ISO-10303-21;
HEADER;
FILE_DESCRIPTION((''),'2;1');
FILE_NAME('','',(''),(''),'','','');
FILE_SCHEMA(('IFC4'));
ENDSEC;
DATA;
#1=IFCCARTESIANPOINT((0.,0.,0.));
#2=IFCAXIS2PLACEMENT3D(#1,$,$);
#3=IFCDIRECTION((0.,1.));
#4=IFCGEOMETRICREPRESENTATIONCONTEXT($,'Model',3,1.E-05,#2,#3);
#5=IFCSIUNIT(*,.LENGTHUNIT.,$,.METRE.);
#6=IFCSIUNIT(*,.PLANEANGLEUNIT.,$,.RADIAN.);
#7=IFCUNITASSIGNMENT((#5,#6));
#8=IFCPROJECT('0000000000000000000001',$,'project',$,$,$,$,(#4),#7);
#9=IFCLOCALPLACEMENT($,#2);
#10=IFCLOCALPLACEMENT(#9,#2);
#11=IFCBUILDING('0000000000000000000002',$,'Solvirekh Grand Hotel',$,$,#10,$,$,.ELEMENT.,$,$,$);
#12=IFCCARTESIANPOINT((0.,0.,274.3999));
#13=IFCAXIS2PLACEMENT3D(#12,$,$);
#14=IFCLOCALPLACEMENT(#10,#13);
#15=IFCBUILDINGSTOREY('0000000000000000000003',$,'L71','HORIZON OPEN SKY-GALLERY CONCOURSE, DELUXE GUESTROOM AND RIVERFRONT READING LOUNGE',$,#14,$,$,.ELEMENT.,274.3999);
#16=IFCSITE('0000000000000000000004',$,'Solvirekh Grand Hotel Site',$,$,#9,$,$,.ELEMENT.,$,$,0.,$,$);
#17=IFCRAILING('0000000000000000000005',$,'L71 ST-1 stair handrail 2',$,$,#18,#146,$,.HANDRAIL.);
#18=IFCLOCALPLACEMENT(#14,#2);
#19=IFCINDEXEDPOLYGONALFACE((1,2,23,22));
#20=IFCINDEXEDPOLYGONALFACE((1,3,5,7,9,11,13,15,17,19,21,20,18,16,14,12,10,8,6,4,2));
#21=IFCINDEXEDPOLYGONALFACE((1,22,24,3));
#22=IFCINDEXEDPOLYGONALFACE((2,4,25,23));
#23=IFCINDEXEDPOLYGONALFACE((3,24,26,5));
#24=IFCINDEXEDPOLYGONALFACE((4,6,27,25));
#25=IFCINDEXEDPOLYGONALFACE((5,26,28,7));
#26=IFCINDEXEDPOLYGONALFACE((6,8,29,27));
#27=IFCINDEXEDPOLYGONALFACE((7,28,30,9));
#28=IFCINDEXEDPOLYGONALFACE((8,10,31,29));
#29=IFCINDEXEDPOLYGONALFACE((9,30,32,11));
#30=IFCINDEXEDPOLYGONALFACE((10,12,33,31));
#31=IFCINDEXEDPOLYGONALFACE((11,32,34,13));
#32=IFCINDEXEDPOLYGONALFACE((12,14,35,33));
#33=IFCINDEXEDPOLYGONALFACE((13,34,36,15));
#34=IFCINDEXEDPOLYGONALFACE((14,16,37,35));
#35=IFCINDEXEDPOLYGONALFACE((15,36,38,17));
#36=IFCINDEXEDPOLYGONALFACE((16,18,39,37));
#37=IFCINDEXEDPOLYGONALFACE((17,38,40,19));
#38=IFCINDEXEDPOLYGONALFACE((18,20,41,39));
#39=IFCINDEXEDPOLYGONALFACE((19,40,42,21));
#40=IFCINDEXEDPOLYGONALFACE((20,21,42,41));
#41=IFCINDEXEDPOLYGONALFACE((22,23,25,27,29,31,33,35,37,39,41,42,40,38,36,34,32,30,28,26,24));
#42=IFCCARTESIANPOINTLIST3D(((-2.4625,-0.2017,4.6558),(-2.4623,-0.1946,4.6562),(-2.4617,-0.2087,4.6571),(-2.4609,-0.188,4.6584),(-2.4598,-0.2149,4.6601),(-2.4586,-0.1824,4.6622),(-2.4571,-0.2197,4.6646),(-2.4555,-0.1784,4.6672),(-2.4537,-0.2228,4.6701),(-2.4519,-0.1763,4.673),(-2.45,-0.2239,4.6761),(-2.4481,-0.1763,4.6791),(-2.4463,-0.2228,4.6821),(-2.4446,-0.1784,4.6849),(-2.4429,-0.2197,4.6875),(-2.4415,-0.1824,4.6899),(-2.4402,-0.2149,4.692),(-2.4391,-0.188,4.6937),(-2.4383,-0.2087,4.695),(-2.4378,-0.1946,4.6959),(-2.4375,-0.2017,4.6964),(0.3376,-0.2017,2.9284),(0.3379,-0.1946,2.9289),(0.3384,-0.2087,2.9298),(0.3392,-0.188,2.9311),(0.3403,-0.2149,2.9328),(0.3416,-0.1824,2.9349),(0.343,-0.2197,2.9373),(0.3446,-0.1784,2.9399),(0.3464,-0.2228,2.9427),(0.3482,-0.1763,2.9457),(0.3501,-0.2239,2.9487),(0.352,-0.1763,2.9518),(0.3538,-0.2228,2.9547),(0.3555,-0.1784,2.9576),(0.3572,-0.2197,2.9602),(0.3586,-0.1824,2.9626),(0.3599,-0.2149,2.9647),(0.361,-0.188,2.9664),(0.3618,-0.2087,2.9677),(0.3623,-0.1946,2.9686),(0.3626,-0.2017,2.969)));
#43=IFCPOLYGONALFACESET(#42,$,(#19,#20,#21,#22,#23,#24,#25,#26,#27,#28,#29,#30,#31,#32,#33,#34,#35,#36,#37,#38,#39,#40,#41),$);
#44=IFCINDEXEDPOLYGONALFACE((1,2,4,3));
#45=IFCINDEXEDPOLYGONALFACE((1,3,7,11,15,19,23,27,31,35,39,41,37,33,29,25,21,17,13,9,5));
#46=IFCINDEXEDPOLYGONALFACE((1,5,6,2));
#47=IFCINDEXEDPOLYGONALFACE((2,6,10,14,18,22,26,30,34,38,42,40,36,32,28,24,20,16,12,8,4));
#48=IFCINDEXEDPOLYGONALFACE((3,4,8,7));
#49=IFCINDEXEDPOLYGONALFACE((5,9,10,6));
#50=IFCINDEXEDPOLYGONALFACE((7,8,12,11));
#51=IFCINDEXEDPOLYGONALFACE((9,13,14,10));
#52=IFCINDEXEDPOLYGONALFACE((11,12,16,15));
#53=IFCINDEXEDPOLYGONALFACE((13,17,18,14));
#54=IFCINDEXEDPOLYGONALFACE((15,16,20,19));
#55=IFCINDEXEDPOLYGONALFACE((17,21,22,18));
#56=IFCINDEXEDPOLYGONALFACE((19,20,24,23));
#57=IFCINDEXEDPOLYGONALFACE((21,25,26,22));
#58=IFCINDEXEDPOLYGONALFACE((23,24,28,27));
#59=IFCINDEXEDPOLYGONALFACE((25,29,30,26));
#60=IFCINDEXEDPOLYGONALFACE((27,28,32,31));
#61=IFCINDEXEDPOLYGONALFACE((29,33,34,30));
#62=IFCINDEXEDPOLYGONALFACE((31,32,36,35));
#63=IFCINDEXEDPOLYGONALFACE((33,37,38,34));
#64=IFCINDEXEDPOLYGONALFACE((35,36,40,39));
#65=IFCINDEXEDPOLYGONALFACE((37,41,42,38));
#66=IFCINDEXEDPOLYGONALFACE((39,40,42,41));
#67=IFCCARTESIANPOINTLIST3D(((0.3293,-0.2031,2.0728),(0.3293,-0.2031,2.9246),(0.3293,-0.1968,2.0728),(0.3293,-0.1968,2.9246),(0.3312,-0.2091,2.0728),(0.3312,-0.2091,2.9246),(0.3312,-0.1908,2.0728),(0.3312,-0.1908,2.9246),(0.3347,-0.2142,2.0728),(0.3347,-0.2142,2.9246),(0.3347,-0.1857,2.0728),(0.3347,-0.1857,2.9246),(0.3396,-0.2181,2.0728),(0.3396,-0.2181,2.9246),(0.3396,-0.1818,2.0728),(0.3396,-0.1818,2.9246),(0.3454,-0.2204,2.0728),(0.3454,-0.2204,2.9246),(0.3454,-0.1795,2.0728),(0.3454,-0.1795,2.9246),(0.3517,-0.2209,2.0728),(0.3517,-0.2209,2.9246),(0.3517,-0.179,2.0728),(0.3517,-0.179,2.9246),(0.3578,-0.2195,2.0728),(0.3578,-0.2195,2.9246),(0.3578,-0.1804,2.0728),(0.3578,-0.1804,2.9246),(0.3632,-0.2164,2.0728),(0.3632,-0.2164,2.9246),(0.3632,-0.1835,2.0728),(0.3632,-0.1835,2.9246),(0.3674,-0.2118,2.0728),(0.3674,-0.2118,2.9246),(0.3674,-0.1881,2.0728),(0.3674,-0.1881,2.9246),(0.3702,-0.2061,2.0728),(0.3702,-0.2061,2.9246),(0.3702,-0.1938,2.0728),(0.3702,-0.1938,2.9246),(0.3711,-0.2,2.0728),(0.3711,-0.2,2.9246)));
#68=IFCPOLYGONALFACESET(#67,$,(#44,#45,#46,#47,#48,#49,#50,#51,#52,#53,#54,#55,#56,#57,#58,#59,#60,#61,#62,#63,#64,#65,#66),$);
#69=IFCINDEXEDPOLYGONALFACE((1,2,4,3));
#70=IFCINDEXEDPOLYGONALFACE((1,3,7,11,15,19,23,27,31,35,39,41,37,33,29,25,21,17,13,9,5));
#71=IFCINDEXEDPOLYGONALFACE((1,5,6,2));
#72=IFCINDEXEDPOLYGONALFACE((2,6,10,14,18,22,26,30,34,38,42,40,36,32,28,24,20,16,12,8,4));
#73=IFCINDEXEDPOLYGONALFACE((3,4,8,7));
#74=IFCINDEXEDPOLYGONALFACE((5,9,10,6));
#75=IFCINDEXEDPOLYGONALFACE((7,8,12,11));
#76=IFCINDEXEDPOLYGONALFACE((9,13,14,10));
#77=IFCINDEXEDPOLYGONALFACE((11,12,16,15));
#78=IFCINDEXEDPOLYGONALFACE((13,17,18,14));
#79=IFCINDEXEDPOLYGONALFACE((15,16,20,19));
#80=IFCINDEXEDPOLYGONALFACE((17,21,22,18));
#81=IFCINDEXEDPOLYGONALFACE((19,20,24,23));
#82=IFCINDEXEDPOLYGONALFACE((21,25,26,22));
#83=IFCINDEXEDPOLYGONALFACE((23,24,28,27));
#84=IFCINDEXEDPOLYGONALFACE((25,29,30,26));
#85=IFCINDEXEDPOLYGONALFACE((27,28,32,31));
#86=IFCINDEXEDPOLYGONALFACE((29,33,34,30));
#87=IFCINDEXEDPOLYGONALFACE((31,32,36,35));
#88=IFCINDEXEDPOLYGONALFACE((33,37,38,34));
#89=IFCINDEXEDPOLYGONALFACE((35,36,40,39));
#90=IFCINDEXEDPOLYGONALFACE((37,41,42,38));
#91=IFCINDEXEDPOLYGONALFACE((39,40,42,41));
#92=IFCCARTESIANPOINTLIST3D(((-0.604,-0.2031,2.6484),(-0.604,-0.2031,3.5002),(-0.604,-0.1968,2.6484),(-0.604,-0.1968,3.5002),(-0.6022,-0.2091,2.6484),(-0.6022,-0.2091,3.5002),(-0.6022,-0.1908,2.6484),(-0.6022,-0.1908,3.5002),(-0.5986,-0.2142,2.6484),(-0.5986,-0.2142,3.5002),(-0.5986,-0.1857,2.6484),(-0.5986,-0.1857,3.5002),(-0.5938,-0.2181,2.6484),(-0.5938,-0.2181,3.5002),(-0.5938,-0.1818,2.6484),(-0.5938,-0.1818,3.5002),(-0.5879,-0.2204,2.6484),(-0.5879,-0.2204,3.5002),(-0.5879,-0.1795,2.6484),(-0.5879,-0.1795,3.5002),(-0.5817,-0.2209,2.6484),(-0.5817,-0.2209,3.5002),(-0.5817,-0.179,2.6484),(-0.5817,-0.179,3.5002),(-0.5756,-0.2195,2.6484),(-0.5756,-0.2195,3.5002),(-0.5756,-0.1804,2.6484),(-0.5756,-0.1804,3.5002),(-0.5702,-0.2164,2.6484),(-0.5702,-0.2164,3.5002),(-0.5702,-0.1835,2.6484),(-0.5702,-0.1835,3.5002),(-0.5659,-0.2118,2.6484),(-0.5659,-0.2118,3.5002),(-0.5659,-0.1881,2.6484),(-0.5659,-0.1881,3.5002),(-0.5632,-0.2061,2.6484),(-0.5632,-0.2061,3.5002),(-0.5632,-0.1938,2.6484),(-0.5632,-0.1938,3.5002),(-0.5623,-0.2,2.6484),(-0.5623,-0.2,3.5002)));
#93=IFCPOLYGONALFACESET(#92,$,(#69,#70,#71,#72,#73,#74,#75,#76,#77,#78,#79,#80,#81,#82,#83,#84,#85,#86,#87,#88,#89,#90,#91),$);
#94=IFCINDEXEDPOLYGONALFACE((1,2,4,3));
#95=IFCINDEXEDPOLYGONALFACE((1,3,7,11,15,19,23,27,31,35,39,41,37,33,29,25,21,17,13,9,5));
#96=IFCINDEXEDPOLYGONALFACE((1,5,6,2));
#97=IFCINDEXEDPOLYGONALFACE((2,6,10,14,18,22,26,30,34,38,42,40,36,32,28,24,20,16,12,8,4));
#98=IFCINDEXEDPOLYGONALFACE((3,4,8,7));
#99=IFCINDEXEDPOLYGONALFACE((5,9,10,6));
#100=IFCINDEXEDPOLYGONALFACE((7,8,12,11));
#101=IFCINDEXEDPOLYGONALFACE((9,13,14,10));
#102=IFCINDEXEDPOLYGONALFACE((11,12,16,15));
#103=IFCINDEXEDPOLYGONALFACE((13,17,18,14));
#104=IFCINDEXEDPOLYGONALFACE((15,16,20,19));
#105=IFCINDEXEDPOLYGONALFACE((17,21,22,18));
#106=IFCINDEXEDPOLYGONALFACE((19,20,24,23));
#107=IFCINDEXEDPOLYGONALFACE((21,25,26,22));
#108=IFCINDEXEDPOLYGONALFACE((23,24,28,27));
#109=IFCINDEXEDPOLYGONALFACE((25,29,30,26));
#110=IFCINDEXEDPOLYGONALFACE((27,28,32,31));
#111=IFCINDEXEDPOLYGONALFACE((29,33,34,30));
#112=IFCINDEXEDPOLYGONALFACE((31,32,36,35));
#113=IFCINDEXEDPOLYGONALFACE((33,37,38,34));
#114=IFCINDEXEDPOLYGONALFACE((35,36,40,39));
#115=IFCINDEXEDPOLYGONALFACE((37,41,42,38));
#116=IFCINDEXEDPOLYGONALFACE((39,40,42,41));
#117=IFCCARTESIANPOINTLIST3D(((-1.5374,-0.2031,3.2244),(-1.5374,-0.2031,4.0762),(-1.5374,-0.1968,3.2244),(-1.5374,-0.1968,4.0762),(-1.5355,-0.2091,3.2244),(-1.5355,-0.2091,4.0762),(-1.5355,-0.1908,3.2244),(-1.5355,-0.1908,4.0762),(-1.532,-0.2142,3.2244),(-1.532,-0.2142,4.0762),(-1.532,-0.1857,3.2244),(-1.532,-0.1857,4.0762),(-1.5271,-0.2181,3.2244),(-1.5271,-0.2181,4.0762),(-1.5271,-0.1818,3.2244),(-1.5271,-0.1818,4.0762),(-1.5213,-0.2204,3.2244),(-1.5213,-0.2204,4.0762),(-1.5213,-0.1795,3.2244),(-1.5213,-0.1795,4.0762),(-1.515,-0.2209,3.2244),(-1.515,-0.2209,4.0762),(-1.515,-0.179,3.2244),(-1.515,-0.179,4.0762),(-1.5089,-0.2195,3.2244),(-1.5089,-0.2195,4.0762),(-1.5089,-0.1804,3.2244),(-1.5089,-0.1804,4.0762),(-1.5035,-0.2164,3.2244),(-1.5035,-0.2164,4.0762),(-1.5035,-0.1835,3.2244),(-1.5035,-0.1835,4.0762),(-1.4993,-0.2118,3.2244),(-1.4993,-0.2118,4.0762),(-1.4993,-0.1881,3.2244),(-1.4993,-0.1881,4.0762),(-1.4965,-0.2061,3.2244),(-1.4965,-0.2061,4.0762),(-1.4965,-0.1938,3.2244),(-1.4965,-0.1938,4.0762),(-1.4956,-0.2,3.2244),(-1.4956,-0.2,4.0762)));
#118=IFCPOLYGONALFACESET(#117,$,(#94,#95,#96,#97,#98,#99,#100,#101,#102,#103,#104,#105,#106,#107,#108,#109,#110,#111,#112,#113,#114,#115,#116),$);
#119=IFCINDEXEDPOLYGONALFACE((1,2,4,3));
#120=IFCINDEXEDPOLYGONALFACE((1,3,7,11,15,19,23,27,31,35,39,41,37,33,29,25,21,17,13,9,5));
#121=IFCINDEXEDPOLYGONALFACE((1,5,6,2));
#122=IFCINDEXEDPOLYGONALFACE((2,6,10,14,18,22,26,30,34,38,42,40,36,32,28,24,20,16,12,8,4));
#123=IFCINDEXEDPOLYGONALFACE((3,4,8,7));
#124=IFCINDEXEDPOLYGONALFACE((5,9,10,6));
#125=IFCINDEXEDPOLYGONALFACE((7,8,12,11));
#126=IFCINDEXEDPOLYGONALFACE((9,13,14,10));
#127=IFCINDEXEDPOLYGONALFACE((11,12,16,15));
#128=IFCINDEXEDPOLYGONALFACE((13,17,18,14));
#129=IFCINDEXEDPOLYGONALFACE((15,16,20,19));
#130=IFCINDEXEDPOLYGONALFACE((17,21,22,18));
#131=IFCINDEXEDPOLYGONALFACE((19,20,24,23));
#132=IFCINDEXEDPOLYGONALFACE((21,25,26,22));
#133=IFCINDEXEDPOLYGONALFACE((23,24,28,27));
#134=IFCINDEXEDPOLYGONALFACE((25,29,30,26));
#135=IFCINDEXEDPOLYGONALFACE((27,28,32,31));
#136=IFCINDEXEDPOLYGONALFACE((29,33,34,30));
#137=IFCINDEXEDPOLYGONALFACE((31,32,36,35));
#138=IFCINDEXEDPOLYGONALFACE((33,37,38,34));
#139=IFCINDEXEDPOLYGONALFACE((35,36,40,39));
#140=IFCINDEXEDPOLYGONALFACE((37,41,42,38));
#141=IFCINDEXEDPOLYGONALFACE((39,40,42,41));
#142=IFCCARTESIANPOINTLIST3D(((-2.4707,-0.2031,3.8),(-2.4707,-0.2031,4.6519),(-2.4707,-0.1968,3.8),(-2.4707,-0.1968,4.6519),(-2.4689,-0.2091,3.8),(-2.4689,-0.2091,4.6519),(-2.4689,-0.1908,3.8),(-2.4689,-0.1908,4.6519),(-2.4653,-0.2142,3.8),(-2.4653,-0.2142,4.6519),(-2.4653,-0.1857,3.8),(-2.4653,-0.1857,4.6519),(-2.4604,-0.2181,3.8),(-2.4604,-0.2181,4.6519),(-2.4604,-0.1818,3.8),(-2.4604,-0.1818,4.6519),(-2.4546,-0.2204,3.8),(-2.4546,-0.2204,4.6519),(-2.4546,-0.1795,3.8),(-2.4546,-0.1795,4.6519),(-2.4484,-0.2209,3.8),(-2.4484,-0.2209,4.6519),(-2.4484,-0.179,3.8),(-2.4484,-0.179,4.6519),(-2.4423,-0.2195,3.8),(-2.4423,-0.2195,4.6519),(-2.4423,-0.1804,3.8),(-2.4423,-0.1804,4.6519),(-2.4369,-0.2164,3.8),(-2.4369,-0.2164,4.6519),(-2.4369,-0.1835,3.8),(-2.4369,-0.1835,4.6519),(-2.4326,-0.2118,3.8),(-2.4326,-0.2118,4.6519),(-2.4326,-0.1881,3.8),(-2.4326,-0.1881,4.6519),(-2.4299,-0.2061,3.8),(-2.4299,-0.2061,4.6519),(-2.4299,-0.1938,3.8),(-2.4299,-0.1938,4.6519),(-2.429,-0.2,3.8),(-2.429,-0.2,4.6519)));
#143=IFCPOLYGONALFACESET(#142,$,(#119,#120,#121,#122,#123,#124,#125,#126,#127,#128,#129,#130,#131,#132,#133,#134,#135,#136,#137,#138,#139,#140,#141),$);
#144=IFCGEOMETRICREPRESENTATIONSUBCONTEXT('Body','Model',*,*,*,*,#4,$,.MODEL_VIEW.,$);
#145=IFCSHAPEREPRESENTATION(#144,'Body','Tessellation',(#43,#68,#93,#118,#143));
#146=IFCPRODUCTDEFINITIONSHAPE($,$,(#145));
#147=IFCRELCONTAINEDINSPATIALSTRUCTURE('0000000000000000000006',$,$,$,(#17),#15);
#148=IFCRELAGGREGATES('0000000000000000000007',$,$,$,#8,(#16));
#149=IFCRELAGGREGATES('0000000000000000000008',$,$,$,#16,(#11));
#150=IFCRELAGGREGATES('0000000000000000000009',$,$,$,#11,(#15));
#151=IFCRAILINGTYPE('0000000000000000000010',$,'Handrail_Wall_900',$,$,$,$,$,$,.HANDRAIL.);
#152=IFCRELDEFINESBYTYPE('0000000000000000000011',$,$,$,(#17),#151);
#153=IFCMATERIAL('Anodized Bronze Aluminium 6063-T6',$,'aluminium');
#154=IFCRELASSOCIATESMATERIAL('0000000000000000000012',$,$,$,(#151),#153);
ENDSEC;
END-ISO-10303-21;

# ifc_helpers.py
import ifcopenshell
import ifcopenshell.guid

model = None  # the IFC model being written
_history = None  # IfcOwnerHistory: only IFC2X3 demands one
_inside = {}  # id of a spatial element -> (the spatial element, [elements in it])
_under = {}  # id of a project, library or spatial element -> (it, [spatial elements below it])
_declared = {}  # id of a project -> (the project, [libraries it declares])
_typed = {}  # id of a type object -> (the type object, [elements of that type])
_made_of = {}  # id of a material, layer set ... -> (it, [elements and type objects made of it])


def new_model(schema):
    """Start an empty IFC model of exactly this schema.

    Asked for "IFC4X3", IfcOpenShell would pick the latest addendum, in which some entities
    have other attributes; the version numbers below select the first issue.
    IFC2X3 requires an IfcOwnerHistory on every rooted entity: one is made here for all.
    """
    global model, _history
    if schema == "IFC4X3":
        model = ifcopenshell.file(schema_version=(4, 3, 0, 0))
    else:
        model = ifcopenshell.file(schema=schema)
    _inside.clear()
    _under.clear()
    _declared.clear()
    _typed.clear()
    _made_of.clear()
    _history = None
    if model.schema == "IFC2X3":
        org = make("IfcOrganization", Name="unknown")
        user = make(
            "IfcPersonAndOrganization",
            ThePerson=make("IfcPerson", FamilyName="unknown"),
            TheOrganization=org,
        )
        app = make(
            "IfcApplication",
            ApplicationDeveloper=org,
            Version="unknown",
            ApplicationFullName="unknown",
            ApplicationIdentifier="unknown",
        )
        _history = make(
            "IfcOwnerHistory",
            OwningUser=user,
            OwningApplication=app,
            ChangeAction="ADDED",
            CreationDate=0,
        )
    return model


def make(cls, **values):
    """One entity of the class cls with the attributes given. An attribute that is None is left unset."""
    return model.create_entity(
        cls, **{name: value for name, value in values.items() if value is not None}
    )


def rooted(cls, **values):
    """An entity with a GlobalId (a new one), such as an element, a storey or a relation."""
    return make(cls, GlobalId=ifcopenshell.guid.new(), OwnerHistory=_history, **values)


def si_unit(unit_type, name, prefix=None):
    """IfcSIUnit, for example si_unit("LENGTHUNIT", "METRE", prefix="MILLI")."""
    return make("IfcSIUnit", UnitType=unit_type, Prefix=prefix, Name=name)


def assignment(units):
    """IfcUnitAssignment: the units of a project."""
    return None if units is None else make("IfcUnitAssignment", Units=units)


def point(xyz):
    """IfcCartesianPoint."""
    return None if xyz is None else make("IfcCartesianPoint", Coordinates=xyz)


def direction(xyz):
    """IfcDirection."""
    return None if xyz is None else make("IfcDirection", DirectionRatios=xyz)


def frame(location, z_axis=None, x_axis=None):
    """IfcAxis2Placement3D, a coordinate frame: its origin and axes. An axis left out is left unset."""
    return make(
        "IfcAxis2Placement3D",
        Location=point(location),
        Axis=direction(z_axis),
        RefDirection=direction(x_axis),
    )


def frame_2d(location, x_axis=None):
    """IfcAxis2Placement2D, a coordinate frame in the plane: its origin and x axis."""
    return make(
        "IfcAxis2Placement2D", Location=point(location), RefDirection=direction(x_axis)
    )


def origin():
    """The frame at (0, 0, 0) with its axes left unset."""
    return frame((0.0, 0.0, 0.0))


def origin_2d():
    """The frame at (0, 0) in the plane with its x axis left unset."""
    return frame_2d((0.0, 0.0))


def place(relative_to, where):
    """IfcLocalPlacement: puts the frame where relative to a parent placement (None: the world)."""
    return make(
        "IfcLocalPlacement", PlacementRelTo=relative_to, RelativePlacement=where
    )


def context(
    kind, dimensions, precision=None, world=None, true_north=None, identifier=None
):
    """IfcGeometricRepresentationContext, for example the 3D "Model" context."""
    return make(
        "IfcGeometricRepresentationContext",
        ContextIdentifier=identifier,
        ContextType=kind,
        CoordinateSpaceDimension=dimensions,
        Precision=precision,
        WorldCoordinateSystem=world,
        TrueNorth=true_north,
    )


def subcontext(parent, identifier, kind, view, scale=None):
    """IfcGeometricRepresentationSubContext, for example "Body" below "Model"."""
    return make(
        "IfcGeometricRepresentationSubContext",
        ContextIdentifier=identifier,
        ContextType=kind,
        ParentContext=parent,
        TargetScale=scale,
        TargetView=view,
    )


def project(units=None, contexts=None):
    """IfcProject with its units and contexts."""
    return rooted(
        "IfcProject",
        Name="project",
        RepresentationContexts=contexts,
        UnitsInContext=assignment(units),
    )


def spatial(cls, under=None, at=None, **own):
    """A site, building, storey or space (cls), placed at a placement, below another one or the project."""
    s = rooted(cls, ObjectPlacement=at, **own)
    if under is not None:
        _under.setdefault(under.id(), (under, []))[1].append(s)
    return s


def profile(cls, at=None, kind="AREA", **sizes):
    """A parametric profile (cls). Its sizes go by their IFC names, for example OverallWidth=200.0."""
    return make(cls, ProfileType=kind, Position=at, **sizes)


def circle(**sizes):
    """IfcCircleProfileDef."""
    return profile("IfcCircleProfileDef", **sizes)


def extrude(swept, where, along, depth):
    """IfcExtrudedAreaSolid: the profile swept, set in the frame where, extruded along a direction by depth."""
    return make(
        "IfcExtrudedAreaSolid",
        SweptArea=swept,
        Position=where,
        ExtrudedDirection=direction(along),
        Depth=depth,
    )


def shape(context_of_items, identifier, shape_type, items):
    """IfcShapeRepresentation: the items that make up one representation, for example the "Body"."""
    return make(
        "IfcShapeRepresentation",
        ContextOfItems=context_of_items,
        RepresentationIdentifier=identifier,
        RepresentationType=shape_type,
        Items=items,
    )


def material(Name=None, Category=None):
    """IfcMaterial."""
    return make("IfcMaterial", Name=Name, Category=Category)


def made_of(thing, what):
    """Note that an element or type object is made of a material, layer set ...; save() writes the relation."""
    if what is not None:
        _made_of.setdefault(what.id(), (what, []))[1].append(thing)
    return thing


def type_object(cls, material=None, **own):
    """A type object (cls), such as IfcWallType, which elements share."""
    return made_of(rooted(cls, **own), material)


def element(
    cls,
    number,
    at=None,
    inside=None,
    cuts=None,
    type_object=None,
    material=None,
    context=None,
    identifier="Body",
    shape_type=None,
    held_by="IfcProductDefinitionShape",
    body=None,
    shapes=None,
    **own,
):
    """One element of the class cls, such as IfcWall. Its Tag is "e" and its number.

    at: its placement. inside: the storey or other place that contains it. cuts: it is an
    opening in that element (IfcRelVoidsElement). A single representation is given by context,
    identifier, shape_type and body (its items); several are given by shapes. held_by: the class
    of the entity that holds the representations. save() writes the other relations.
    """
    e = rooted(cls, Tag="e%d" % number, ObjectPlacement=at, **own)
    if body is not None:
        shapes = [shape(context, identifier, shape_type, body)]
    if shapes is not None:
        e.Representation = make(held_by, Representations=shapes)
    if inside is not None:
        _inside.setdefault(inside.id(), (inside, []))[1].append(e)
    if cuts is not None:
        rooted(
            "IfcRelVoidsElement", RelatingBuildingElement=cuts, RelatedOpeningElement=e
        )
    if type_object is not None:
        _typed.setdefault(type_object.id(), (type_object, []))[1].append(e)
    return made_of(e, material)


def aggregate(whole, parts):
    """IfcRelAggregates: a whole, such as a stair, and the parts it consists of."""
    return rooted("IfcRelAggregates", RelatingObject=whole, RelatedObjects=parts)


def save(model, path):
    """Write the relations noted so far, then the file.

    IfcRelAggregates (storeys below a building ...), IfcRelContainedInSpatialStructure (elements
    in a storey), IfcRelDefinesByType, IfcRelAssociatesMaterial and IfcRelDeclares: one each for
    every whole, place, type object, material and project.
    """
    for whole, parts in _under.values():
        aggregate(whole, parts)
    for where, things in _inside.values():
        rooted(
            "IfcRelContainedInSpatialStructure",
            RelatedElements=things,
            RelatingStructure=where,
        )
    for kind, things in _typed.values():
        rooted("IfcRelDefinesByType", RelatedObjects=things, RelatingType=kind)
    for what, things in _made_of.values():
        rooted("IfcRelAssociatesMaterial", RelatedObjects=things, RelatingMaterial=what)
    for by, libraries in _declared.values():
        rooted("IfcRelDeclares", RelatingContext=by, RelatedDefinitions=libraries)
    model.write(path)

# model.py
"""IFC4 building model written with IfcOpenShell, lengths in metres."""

from ifc_helpers import new_model, si_unit, direction, frame, origin, origin_2d, place, context, subcontext, project, spatial, circle, extrude, material, type_object, element, save


model = new_model("IFC4")

# Units and contexts
model_context = context("Model", 3, precision=1e-05, world=origin(), true_north=direction((0.0, 1.0)))
body_context = subcontext(model_context, "Body", "Model", "MODEL_VIEW")
ifc_project = project(units=[si_unit("LENGTHUNIT", "METRE"), si_unit("PLANEANGLEUNIT", "RADIAN")], contexts=[model_context])

# Site, building, storey
site_placement = place(None, origin())
site = spatial("IfcSite", under=ifc_project, at=site_placement, Name="Solvirekh Grand Hotel Site", CompositionType="ELEMENT", RefElevation=0.0)
building_placement = place(site_placement, origin())
building = spatial("IfcBuilding", under=site, at=building_placement, Name="Solvirekh Grand Hotel", CompositionType="ELEMENT")
storey_placement = place(building_placement, frame((0.0, 0.0, 274.3999)))
storey = spatial("IfcBuildingStorey", under=building, at=storey_placement, Name="L71", Description="HORIZON OPEN SKY-GALLERY CONCOURSE, DELUXE GUESTROOM AND RIVERFRONT READING LOUNGE", CompositionType="ELEMENT", Elevation=274.3999)

# Shared definitions
ifc_material_1 = material(Name="Anodized Bronze Aluminium 6063-T6", Category="aluminium")

# Railing
railing_type_1 = type_object("IfcRailingType", Name="Handrail_Wall_900", PredefinedType="HANDRAIL", material=ifc_material_1)
railing_1_placement = place(storey_placement, frame((0.3501, -0.2, 2.0728)))
element("IfcRailing", 1, at=railing_1_placement, inside=storey, type_object=railing_type_1, Name="L71 ST-1 stair handrail 2", PredefinedType="HANDRAIL", context=body_context, shape_type="SweptSolid", body=[
    extrude(circle(Radius=0.0239, at=origin_2d()), frame((0.0, 0.0, 0.876), z_axis=(-0.85109, 0.0, 0.52502), x_axis=(0.0, -1.0, 0.0)), (0.0, 0.0, 1.0), 3.29),
    extrude(circle(Radius=0.021, at=origin_2d()), origin(), (0.0, 0.0, 1.0), 0.8518),
    extrude(circle(Radius=0.021, at=origin_2d()), frame((-0.9333, 0.0, 0.5757)), (0.0, 0.0, 1.0), 0.8518),
    extrude(circle(Radius=0.021, at=origin_2d()), frame((-1.8667, 0.0, 1.1516)), (0.0, 0.0, 1.0), 0.8518),
    extrude(circle(Radius=0.021, at=origin_2d()), frame((-2.8, 0.0, 1.7273)), (0.0, 0.0, 1.0), 0.8518),
])

save(model, "model.ifc")
